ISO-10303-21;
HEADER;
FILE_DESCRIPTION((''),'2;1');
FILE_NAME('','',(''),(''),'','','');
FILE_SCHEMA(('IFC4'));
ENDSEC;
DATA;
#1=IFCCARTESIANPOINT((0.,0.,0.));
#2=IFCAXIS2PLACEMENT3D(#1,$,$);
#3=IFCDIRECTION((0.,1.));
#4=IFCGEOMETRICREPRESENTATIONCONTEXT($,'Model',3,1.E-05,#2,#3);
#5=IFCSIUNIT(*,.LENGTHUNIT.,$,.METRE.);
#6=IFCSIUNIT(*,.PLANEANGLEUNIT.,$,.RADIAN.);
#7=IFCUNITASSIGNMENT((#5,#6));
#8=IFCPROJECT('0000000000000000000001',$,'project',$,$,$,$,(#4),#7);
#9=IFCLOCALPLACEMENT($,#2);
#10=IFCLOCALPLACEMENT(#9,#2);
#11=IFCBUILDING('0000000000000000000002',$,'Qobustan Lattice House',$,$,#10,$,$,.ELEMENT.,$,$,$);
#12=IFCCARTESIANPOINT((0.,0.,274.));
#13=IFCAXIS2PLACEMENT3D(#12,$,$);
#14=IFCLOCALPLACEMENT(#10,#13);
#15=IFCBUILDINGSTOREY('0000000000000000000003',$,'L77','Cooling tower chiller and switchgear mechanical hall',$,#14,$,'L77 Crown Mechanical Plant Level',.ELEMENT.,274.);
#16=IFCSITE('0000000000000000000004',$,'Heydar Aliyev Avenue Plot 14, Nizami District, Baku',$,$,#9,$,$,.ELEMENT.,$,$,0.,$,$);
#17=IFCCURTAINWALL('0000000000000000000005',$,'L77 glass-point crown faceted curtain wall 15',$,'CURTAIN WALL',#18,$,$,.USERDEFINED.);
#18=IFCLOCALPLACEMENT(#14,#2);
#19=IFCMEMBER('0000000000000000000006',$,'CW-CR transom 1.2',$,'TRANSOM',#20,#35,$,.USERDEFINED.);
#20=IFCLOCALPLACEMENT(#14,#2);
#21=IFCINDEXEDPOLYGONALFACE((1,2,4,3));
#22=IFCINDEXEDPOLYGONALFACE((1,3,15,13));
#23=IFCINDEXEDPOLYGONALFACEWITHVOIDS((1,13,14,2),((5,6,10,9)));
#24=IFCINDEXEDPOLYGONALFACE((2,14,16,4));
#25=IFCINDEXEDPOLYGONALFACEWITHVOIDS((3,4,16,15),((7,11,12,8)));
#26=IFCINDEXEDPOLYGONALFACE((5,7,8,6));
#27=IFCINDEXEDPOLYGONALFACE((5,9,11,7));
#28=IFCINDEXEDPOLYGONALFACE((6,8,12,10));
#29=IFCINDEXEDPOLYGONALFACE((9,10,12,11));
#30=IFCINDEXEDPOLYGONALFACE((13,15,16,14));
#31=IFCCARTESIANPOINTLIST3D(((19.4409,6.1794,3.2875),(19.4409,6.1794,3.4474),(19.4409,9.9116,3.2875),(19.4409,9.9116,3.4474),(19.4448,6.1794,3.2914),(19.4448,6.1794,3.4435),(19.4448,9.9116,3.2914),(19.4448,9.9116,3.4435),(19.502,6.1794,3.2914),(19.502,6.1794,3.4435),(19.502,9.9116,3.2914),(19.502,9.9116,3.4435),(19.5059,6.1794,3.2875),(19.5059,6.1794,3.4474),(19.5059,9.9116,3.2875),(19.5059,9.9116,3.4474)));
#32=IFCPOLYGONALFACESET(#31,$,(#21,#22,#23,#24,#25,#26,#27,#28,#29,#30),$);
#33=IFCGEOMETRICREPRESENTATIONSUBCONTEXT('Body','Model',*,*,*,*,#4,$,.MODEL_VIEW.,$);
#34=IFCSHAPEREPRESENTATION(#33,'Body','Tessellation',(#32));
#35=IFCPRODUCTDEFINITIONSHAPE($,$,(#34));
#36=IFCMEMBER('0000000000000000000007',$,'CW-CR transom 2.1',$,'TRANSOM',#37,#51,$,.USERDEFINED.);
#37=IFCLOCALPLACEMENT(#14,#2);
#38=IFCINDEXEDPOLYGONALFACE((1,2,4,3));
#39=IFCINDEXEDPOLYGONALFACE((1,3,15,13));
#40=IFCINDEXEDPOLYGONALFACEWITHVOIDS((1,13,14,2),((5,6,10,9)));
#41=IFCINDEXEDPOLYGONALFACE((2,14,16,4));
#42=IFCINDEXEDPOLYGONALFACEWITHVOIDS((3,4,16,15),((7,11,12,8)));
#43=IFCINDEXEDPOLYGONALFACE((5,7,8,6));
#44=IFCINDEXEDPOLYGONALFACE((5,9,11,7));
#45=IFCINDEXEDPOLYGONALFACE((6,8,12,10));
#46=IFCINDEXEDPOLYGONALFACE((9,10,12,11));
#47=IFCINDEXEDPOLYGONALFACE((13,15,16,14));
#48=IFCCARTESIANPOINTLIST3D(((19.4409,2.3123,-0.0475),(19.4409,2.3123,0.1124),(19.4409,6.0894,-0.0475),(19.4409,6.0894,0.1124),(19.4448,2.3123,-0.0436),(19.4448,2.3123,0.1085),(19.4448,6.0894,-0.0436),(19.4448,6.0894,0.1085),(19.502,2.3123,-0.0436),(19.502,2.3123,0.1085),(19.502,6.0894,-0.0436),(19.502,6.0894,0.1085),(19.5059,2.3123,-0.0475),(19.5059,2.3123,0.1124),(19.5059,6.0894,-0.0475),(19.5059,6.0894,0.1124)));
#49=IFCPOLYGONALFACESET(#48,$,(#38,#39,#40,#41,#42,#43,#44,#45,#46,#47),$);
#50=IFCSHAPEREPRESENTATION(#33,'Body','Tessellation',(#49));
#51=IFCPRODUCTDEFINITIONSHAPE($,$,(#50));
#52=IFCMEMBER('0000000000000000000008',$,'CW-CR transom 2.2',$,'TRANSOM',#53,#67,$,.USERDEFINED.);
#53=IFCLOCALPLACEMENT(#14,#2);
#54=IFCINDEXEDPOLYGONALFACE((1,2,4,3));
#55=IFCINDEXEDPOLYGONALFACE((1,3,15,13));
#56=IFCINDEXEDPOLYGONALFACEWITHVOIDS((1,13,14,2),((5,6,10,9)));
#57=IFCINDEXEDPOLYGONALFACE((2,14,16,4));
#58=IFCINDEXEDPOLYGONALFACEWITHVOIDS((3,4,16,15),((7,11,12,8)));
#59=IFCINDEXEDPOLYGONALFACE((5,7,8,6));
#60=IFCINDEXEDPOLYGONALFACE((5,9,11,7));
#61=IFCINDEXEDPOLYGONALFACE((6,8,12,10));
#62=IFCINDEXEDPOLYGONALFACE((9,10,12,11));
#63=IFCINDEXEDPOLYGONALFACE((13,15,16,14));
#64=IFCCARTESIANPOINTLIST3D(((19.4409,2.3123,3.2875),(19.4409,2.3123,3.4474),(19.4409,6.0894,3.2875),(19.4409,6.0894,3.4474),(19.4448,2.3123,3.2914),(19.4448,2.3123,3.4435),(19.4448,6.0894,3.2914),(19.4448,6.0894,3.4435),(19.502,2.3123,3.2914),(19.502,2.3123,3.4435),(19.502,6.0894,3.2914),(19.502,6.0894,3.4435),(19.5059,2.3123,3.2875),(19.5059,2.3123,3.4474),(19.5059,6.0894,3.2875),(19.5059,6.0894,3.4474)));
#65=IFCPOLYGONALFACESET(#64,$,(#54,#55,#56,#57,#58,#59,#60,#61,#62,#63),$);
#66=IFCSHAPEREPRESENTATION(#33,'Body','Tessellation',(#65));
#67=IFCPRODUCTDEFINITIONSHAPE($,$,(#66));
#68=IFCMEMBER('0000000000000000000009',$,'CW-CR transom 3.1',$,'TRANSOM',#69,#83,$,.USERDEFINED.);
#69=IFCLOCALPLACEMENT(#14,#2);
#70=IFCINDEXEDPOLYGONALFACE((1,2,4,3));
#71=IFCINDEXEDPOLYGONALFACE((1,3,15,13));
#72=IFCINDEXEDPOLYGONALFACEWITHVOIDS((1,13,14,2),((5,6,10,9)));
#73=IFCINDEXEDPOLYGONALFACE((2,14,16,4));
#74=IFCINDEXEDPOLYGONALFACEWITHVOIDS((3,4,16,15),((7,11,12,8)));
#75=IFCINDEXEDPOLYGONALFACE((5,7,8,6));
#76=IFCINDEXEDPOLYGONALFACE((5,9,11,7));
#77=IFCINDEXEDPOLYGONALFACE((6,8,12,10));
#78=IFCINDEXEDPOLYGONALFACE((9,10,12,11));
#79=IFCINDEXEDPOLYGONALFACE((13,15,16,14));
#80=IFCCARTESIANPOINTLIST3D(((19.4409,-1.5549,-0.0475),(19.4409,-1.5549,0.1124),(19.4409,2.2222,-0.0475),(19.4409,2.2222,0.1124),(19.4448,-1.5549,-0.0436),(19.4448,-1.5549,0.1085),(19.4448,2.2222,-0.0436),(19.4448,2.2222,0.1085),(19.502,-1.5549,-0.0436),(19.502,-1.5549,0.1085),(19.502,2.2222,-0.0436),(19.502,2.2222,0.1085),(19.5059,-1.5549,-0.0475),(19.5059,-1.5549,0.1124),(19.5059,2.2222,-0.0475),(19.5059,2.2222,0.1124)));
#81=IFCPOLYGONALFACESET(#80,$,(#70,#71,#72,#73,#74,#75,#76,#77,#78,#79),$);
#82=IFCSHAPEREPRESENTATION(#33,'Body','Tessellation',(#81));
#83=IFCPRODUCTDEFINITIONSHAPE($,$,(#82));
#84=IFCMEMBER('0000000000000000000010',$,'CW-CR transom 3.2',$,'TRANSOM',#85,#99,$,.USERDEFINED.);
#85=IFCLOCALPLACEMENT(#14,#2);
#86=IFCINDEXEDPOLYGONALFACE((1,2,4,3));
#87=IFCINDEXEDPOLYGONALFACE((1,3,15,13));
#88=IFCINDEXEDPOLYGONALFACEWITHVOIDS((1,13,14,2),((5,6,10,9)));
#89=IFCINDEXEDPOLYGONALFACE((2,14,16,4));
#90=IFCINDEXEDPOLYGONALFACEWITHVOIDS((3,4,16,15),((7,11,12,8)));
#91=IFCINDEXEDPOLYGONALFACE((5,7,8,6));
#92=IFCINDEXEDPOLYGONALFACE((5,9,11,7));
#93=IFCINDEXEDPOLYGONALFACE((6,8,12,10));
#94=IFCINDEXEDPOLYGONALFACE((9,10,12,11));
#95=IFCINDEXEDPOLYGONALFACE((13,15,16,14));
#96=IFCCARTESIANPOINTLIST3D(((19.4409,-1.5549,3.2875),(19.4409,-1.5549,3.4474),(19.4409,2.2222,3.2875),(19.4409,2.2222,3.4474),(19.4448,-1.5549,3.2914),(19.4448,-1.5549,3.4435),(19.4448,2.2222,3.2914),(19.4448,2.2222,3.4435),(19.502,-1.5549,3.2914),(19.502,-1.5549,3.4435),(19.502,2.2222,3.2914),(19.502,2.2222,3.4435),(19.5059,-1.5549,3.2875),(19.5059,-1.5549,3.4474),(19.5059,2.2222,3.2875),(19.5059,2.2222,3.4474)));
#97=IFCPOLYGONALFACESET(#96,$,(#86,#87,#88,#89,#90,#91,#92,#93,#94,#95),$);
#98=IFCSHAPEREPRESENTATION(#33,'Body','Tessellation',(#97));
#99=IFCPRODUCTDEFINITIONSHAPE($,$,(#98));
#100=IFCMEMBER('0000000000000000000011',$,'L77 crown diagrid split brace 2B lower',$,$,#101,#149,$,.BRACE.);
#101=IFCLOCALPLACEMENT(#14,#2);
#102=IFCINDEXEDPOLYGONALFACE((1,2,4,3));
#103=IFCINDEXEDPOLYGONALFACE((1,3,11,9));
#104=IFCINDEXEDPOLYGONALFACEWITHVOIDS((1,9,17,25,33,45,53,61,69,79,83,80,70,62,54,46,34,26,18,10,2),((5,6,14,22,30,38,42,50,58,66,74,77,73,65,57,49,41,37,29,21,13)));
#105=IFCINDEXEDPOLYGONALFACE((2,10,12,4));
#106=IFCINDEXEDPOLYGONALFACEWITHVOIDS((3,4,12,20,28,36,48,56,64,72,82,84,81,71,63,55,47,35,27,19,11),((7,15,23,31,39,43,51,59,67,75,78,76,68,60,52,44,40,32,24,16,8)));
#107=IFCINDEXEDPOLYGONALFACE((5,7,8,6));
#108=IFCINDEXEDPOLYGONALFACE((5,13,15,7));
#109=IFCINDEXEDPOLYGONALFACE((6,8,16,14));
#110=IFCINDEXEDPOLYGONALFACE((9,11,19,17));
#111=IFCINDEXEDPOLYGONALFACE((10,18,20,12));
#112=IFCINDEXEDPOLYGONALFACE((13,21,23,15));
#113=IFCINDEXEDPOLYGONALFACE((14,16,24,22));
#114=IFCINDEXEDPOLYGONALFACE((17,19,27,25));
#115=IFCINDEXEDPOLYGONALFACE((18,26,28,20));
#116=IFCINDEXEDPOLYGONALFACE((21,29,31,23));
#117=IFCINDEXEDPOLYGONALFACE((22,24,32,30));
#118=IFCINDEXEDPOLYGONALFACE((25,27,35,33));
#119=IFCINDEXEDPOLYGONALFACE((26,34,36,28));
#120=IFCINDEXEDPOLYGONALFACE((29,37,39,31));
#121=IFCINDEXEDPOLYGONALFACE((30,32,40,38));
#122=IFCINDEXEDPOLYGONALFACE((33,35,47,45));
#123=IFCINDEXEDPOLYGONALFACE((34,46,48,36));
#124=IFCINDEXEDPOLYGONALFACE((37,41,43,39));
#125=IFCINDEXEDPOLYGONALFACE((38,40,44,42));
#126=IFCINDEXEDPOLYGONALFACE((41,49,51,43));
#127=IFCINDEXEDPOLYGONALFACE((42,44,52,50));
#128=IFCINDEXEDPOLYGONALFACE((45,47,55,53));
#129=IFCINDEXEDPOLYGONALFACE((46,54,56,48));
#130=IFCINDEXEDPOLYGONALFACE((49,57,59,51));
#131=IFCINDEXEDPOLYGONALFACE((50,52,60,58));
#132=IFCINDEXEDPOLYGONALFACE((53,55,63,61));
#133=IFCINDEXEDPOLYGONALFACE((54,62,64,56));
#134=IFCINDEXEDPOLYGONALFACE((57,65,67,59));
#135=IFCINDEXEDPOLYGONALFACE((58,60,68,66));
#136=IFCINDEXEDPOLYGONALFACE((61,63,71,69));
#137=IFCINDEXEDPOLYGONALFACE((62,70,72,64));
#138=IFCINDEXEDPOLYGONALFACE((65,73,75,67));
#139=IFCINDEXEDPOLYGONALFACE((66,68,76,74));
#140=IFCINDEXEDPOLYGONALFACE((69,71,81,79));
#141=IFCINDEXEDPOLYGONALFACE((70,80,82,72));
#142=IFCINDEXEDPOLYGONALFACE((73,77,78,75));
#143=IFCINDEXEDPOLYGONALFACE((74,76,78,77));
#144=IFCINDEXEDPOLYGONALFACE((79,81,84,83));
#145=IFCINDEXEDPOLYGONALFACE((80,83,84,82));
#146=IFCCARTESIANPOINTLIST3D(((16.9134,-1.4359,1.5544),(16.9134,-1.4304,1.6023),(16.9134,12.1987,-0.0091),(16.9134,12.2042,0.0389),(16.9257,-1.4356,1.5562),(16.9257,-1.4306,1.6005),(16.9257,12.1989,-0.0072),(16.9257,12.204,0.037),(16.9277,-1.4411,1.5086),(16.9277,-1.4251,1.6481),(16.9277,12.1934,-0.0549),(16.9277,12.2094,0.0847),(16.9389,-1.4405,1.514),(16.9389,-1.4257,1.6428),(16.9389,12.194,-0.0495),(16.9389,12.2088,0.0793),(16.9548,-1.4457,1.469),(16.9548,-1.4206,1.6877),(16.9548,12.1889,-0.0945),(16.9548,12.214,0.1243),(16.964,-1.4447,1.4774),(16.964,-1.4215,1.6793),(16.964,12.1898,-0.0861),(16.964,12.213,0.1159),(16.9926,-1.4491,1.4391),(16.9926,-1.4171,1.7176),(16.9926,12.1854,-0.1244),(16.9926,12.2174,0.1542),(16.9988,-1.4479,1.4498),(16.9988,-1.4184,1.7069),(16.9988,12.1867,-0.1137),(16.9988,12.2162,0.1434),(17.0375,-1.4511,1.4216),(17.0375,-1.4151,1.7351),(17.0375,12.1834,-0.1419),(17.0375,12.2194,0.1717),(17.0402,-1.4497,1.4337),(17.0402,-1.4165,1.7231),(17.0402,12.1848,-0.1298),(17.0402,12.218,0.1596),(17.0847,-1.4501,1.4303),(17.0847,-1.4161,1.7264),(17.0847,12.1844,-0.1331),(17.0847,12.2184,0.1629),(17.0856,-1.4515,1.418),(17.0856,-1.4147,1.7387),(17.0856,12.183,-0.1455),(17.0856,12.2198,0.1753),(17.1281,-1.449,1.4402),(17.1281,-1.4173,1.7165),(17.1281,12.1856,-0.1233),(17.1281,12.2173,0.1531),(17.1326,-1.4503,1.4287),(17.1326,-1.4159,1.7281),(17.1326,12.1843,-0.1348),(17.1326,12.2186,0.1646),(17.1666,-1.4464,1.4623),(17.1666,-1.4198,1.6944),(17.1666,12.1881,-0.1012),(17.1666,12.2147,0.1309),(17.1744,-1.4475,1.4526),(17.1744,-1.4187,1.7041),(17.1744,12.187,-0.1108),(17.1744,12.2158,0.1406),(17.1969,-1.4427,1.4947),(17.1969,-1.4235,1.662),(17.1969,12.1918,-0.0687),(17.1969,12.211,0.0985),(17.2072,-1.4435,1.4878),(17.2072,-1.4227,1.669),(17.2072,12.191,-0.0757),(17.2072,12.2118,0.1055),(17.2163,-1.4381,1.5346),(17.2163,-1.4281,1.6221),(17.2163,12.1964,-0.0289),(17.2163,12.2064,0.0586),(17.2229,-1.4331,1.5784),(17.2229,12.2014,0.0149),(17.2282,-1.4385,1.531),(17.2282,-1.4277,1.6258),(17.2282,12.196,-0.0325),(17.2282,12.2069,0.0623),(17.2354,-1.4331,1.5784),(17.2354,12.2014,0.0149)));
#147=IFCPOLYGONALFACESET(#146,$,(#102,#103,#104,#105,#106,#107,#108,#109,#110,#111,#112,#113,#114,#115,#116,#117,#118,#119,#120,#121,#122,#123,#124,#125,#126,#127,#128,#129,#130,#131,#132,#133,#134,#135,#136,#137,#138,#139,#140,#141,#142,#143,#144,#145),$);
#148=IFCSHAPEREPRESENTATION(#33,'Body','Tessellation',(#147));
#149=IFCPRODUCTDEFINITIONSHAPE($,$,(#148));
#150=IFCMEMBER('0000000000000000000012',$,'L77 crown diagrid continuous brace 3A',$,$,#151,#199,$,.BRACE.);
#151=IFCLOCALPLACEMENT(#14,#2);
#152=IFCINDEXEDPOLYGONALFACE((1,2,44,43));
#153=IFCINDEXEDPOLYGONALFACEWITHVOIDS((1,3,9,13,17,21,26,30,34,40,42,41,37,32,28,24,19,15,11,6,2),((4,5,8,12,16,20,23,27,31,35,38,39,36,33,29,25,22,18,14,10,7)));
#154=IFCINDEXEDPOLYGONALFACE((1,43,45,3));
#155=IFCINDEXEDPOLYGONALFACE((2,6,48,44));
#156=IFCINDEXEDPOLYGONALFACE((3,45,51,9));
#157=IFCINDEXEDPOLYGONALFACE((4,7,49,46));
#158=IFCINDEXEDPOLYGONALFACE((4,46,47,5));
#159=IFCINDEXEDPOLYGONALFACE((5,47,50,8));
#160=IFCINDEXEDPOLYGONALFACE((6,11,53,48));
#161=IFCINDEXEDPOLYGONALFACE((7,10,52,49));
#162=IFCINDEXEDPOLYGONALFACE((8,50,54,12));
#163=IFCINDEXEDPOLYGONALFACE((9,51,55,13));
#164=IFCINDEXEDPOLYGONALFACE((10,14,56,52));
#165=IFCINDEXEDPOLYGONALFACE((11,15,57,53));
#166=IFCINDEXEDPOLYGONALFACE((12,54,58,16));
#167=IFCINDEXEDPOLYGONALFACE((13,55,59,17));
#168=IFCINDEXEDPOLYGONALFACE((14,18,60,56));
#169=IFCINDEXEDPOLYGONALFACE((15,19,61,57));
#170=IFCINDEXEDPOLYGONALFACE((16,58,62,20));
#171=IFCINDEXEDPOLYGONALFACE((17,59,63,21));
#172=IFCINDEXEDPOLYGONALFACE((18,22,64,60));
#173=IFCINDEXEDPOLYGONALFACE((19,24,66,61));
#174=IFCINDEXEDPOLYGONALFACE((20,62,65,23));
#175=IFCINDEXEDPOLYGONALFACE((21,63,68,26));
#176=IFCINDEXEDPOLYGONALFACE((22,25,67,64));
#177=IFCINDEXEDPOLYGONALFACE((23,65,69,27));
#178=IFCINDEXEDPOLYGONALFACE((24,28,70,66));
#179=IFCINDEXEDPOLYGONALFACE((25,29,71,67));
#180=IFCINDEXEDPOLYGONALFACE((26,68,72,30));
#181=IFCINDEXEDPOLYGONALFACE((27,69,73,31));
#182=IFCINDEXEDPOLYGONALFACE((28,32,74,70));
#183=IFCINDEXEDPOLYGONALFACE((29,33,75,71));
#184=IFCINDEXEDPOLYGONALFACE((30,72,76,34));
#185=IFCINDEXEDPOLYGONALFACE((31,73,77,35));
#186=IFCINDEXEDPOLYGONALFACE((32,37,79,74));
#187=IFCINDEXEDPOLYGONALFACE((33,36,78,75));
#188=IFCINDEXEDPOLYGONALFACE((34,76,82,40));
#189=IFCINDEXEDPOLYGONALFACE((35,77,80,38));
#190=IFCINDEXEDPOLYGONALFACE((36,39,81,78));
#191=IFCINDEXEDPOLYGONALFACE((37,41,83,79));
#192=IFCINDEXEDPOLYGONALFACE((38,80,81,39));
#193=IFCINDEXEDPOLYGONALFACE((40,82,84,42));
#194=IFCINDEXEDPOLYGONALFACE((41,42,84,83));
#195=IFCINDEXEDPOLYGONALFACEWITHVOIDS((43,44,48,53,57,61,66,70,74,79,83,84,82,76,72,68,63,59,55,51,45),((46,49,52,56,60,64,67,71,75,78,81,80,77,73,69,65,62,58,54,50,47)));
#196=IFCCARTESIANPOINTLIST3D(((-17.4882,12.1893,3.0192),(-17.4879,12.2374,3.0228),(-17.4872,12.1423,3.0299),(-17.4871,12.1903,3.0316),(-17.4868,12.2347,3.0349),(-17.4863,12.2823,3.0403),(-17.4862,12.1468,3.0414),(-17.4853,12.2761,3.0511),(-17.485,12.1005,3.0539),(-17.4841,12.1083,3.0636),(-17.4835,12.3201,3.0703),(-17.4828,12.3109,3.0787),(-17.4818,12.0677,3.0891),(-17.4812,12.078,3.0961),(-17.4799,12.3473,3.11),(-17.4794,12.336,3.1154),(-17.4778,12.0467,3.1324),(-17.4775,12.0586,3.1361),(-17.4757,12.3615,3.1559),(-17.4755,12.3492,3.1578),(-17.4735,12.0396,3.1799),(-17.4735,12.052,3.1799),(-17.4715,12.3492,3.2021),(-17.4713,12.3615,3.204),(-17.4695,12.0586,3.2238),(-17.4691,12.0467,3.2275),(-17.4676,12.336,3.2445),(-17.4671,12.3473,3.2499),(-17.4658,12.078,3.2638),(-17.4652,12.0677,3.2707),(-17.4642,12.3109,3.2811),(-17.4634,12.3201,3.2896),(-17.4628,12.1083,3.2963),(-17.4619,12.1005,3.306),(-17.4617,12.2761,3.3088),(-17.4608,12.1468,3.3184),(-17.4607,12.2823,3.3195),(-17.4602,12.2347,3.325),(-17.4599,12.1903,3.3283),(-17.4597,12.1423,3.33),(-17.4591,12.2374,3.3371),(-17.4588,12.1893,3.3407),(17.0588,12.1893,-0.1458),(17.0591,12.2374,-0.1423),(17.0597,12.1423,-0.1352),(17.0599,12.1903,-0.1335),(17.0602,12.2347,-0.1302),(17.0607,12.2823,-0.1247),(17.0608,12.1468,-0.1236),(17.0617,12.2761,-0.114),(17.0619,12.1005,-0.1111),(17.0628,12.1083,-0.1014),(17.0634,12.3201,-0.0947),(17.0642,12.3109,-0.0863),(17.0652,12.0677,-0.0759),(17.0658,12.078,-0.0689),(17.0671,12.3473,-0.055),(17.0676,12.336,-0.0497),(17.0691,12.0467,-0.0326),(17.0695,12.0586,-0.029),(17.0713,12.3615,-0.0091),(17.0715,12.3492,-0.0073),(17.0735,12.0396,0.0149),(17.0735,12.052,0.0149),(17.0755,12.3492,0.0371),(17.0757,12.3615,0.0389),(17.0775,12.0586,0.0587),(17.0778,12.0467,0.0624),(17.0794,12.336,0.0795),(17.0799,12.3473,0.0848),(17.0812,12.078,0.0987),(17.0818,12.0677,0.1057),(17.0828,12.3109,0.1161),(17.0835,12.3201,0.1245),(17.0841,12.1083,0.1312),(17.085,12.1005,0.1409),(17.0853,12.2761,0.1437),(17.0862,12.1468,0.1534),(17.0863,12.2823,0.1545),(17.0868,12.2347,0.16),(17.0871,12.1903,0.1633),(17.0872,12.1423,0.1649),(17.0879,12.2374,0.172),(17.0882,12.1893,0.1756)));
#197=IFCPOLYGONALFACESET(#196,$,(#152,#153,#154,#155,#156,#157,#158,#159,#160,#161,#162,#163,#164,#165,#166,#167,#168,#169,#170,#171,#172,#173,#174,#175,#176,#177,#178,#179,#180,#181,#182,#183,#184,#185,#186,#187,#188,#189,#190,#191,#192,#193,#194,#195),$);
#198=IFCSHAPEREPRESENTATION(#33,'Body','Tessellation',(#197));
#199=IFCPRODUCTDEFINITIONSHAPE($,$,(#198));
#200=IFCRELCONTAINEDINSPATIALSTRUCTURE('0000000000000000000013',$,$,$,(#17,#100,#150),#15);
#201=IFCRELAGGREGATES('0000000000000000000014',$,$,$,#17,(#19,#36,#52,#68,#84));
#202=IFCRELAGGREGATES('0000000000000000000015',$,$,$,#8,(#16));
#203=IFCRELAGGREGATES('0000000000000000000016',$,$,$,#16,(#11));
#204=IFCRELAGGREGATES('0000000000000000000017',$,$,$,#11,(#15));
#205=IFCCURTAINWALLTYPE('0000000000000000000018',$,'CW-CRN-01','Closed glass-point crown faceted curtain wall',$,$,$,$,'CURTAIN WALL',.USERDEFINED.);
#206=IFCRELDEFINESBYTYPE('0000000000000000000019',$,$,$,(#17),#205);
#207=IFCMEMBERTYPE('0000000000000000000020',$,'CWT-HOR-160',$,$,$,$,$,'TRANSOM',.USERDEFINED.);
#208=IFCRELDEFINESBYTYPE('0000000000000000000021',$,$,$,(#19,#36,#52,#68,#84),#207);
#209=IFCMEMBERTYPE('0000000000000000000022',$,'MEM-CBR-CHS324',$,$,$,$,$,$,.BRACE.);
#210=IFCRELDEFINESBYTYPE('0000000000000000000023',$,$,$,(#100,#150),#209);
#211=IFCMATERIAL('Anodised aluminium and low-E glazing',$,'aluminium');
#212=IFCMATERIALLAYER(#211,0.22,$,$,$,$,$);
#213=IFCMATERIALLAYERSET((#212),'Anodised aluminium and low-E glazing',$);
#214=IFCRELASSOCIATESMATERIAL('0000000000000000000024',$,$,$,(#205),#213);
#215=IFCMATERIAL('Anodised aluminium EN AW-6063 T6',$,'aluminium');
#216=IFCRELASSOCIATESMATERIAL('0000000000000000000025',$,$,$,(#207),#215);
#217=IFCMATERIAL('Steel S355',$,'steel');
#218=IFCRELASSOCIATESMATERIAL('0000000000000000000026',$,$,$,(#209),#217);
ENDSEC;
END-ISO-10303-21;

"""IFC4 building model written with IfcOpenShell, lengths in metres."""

from ifc_helpers import new_model, si_unit, direction, frame, origin, origin_2d, place, context, subcontext, project, spatial, hollow_rectangle, hollow_circle, extrude, material, layer, layer_set, material_profile, profile_set, type_object, element, aggregate, save


model = new_model("IFC4")

# Units and contexts
model_context = context("Model", 3, precision=1e-05, world=origin(), true_north=direction((0.0, 1.0)))
body_context = subcontext(model_context, "Body", "Model", "MODEL_VIEW")
ifc_project = project(units=[si_unit("LENGTHUNIT", "METRE"), si_unit("PLANEANGLEUNIT", "RADIAN")], contexts=[model_context])

# Site, building, storey
site_placement = place(None, origin())
site = spatial("IfcSite", under=ifc_project, at=site_placement, Name="Heydar Aliyev Avenue Plot 14, Nizami District, Baku", CompositionType="ELEMENT", RefElevation=0.0)
building_placement = place(site_placement, origin())
building = spatial("IfcBuilding", under=site, at=building_placement, Name="Qobustan Lattice House", CompositionType="ELEMENT")
storey_placement = place(building_placement, frame((0.0, 0.0, 274.0)))
storey = spatial("IfcBuildingStorey", under=building, at=storey_placement, Name="L77", Description="Cooling tower chiller and switchgear mechanical hall", LongName="L77 Crown Mechanical Plant Level", CompositionType="ELEMENT", Elevation=274.0)

# Curtain wall
ifc_material_1 = material(Name="Anodised aluminium and low-E glazing", Category="aluminium")
ifc_layer_1 = layer(ifc_material_1, 0.22)
ifc_layer_set_1 = layer_set([ifc_layer_1], Name="Anodised aluminium and low-E glazing")
curtain_wall_type = type_object("IfcCurtainWallType", Name="CW-CRN-01", Description="Closed glass-point crown faceted curtain wall", ElementType="CURTAIN WALL", PredefinedType="USERDEFINED", material=ifc_layer_set_1)
curtain_wall_1_placement = place(storey_placement, origin())
curtain_wall_1 = element("IfcCurtainWall", 1, at=curtain_wall_1_placement, inside=storey, type_object=curtain_wall_type, Name="L77 glass-point crown faceted curtain wall 15", ObjectType="CURTAIN WALL", PredefinedType="USERDEFINED")

# Members
ifc_material_2 = material(Name="Anodised aluminium EN AW-6063 T6", Category="aluminium")
ifc_material_profile_1 = material_profile(ifc_material_2, hollow_rectangle(XDim=0.0649, YDim=0.1599, WallThickness=0.0039, at=origin_2d()), Name="CWT-160x65")
ifc_profile_set_1 = profile_set([ifc_material_profile_1], Name="Anodised aluminium EN AW-6063 T6")
member_type_1 = type_object("IfcMemberType", Name="CWT-HOR-160", ElementType="TRANSOM", PredefinedType="USERDEFINED", material=ifc_profile_set_1)
member_1_placement = place(storey_placement, frame((19.4734, 9.9116, 3.3674), z_axis=(0.0, -1.0, 0.0), x_axis=(1.0, 0.0, 0.0)))
member_1 = element("IfcMember", 2, at=member_1_placement, type_object=member_type_1, Name="CW-CR transom 1.2", ObjectType="TRANSOM", PredefinedType="USERDEFINED", context=body_context, shape_type="SweptSolid", body=[
    extrude(hollow_rectangle(XDim=0.0649, YDim=0.1599, WallThickness=0.0039, at=origin_2d()), origin(), (0.0, 0.0, 1.0), 3.7322),
])
member_2_placement = place(storey_placement, frame((19.4734, 6.0894, 0.0325), z_axis=(0.0, -1.0, 0.0), x_axis=(1.0, 0.0, 0.0)))
member_2 = element("IfcMember", 3, at=member_2_placement, type_object=member_type_1, Name="CW-CR transom 2.1", ObjectType="TRANSOM", PredefinedType="USERDEFINED", context=body_context, shape_type="SweptSolid", body=[
    extrude(hollow_rectangle(XDim=0.0649, YDim=0.1599, WallThickness=0.0039, at=origin_2d()), origin(), (0.0, 0.0, 1.0), 3.7771),
])
member_3_placement = place(storey_placement, frame((19.4734, 6.0894, 3.3674), z_axis=(0.0, -1.0, 0.0), x_axis=(1.0, 0.0, 0.0)))
member_3 = element("IfcMember", 4, at=member_3_placement, type_object=member_type_1, Name="CW-CR transom 2.2", ObjectType="TRANSOM", PredefinedType="USERDEFINED", context=body_context, shape_type="SweptSolid", body=[
    extrude(hollow_rectangle(XDim=0.0649, YDim=0.1599, WallThickness=0.0039, at=origin_2d()), origin(), (0.0, 0.0, 1.0), 3.7771),
])
member_4_placement = place(storey_placement, frame((19.4734, 2.2222, 0.0325), z_axis=(0.0, -1.0, 0.0), x_axis=(1.0, 0.0, 0.0)))
member_4 = element("IfcMember", 5, at=member_4_placement, type_object=member_type_1, Name="CW-CR transom 3.1", ObjectType="TRANSOM", PredefinedType="USERDEFINED", context=body_context, shape_type="SweptSolid", body=[
    extrude(hollow_rectangle(XDim=0.0649, YDim=0.1599, WallThickness=0.0039, at=origin_2d()), origin(), (0.0, 0.0, 1.0), 3.7771),
])
member_5_placement = place(storey_placement, frame((19.4734, 2.2222, 3.3674), z_axis=(0.0, -1.0, 0.0), x_axis=(1.0, 0.0, 0.0)))
member_5 = element("IfcMember", 6, at=member_5_placement, type_object=member_type_1, Name="CW-CR transom 3.2", ObjectType="TRANSOM", PredefinedType="USERDEFINED", context=body_context, shape_type="SweptSolid", body=[
    extrude(hollow_rectangle(XDim=0.0649, YDim=0.1599, WallThickness=0.0039, at=origin_2d()), origin(), (0.0, 0.0, 1.0), 3.7771),
])

# Members
ifc_material_3 = material(Name="Steel S355", Category="steel")
ifc_material_profile_2 = material_profile(ifc_material_3, hollow_circle(Radius=0.1619, WallThickness=0.0125, at=origin_2d()), Name="CHS323.9x12.5")
ifc_profile_set_2 = profile_set([ifc_material_profile_2], Name="Steel S355")
member_type_2 = type_object("IfcMemberType", Name="MEM-CBR-CHS324", PredefinedType="BRACE", material=ifc_profile_set_2)
member_6_placement = place(storey_placement, frame((17.0735, 12.2014, 0.0149), z_axis=(0.0, -0.993489, 0.113924), x_axis=(1.0, 0.0, 0.0)))
element("IfcMember", 7, at=member_6_placement, inside=storey, type_object=member_type_2, Name="L77 crown diagrid split brace 2B lower", PredefinedType="BRACE", context=body_context, shape_type="SweptSolid", body=[
    extrude(hollow_circle(Radius=0.1619, WallThickness=0.0125, at=origin_2d()), origin(), (0.0, 0.0, 1.0), 13.7239),
])
member_7_placement = place(storey_placement, frame((17.0735, 12.2014, 0.0149), z_axis=(-0.99583, 0.0, 0.091234), x_axis=(0.0, -1.0, 0.0)))
element("IfcMember", 8, at=member_7_placement, inside=storey, type_object=member_type_2, Name="L77 crown diagrid continuous brace 3A", PredefinedType="BRACE", context=body_context, shape_type="SweptSolid", body=[
    extrude(hollow_circle(Radius=0.1619, WallThickness=0.0125, at=origin_2d()), origin(), (0.0, 0.0, 1.0), 34.6917),
])

aggregate(curtain_wall_1, [member_1, member_2, member_3, member_4, member_5])

save(model, "model.ifc")
